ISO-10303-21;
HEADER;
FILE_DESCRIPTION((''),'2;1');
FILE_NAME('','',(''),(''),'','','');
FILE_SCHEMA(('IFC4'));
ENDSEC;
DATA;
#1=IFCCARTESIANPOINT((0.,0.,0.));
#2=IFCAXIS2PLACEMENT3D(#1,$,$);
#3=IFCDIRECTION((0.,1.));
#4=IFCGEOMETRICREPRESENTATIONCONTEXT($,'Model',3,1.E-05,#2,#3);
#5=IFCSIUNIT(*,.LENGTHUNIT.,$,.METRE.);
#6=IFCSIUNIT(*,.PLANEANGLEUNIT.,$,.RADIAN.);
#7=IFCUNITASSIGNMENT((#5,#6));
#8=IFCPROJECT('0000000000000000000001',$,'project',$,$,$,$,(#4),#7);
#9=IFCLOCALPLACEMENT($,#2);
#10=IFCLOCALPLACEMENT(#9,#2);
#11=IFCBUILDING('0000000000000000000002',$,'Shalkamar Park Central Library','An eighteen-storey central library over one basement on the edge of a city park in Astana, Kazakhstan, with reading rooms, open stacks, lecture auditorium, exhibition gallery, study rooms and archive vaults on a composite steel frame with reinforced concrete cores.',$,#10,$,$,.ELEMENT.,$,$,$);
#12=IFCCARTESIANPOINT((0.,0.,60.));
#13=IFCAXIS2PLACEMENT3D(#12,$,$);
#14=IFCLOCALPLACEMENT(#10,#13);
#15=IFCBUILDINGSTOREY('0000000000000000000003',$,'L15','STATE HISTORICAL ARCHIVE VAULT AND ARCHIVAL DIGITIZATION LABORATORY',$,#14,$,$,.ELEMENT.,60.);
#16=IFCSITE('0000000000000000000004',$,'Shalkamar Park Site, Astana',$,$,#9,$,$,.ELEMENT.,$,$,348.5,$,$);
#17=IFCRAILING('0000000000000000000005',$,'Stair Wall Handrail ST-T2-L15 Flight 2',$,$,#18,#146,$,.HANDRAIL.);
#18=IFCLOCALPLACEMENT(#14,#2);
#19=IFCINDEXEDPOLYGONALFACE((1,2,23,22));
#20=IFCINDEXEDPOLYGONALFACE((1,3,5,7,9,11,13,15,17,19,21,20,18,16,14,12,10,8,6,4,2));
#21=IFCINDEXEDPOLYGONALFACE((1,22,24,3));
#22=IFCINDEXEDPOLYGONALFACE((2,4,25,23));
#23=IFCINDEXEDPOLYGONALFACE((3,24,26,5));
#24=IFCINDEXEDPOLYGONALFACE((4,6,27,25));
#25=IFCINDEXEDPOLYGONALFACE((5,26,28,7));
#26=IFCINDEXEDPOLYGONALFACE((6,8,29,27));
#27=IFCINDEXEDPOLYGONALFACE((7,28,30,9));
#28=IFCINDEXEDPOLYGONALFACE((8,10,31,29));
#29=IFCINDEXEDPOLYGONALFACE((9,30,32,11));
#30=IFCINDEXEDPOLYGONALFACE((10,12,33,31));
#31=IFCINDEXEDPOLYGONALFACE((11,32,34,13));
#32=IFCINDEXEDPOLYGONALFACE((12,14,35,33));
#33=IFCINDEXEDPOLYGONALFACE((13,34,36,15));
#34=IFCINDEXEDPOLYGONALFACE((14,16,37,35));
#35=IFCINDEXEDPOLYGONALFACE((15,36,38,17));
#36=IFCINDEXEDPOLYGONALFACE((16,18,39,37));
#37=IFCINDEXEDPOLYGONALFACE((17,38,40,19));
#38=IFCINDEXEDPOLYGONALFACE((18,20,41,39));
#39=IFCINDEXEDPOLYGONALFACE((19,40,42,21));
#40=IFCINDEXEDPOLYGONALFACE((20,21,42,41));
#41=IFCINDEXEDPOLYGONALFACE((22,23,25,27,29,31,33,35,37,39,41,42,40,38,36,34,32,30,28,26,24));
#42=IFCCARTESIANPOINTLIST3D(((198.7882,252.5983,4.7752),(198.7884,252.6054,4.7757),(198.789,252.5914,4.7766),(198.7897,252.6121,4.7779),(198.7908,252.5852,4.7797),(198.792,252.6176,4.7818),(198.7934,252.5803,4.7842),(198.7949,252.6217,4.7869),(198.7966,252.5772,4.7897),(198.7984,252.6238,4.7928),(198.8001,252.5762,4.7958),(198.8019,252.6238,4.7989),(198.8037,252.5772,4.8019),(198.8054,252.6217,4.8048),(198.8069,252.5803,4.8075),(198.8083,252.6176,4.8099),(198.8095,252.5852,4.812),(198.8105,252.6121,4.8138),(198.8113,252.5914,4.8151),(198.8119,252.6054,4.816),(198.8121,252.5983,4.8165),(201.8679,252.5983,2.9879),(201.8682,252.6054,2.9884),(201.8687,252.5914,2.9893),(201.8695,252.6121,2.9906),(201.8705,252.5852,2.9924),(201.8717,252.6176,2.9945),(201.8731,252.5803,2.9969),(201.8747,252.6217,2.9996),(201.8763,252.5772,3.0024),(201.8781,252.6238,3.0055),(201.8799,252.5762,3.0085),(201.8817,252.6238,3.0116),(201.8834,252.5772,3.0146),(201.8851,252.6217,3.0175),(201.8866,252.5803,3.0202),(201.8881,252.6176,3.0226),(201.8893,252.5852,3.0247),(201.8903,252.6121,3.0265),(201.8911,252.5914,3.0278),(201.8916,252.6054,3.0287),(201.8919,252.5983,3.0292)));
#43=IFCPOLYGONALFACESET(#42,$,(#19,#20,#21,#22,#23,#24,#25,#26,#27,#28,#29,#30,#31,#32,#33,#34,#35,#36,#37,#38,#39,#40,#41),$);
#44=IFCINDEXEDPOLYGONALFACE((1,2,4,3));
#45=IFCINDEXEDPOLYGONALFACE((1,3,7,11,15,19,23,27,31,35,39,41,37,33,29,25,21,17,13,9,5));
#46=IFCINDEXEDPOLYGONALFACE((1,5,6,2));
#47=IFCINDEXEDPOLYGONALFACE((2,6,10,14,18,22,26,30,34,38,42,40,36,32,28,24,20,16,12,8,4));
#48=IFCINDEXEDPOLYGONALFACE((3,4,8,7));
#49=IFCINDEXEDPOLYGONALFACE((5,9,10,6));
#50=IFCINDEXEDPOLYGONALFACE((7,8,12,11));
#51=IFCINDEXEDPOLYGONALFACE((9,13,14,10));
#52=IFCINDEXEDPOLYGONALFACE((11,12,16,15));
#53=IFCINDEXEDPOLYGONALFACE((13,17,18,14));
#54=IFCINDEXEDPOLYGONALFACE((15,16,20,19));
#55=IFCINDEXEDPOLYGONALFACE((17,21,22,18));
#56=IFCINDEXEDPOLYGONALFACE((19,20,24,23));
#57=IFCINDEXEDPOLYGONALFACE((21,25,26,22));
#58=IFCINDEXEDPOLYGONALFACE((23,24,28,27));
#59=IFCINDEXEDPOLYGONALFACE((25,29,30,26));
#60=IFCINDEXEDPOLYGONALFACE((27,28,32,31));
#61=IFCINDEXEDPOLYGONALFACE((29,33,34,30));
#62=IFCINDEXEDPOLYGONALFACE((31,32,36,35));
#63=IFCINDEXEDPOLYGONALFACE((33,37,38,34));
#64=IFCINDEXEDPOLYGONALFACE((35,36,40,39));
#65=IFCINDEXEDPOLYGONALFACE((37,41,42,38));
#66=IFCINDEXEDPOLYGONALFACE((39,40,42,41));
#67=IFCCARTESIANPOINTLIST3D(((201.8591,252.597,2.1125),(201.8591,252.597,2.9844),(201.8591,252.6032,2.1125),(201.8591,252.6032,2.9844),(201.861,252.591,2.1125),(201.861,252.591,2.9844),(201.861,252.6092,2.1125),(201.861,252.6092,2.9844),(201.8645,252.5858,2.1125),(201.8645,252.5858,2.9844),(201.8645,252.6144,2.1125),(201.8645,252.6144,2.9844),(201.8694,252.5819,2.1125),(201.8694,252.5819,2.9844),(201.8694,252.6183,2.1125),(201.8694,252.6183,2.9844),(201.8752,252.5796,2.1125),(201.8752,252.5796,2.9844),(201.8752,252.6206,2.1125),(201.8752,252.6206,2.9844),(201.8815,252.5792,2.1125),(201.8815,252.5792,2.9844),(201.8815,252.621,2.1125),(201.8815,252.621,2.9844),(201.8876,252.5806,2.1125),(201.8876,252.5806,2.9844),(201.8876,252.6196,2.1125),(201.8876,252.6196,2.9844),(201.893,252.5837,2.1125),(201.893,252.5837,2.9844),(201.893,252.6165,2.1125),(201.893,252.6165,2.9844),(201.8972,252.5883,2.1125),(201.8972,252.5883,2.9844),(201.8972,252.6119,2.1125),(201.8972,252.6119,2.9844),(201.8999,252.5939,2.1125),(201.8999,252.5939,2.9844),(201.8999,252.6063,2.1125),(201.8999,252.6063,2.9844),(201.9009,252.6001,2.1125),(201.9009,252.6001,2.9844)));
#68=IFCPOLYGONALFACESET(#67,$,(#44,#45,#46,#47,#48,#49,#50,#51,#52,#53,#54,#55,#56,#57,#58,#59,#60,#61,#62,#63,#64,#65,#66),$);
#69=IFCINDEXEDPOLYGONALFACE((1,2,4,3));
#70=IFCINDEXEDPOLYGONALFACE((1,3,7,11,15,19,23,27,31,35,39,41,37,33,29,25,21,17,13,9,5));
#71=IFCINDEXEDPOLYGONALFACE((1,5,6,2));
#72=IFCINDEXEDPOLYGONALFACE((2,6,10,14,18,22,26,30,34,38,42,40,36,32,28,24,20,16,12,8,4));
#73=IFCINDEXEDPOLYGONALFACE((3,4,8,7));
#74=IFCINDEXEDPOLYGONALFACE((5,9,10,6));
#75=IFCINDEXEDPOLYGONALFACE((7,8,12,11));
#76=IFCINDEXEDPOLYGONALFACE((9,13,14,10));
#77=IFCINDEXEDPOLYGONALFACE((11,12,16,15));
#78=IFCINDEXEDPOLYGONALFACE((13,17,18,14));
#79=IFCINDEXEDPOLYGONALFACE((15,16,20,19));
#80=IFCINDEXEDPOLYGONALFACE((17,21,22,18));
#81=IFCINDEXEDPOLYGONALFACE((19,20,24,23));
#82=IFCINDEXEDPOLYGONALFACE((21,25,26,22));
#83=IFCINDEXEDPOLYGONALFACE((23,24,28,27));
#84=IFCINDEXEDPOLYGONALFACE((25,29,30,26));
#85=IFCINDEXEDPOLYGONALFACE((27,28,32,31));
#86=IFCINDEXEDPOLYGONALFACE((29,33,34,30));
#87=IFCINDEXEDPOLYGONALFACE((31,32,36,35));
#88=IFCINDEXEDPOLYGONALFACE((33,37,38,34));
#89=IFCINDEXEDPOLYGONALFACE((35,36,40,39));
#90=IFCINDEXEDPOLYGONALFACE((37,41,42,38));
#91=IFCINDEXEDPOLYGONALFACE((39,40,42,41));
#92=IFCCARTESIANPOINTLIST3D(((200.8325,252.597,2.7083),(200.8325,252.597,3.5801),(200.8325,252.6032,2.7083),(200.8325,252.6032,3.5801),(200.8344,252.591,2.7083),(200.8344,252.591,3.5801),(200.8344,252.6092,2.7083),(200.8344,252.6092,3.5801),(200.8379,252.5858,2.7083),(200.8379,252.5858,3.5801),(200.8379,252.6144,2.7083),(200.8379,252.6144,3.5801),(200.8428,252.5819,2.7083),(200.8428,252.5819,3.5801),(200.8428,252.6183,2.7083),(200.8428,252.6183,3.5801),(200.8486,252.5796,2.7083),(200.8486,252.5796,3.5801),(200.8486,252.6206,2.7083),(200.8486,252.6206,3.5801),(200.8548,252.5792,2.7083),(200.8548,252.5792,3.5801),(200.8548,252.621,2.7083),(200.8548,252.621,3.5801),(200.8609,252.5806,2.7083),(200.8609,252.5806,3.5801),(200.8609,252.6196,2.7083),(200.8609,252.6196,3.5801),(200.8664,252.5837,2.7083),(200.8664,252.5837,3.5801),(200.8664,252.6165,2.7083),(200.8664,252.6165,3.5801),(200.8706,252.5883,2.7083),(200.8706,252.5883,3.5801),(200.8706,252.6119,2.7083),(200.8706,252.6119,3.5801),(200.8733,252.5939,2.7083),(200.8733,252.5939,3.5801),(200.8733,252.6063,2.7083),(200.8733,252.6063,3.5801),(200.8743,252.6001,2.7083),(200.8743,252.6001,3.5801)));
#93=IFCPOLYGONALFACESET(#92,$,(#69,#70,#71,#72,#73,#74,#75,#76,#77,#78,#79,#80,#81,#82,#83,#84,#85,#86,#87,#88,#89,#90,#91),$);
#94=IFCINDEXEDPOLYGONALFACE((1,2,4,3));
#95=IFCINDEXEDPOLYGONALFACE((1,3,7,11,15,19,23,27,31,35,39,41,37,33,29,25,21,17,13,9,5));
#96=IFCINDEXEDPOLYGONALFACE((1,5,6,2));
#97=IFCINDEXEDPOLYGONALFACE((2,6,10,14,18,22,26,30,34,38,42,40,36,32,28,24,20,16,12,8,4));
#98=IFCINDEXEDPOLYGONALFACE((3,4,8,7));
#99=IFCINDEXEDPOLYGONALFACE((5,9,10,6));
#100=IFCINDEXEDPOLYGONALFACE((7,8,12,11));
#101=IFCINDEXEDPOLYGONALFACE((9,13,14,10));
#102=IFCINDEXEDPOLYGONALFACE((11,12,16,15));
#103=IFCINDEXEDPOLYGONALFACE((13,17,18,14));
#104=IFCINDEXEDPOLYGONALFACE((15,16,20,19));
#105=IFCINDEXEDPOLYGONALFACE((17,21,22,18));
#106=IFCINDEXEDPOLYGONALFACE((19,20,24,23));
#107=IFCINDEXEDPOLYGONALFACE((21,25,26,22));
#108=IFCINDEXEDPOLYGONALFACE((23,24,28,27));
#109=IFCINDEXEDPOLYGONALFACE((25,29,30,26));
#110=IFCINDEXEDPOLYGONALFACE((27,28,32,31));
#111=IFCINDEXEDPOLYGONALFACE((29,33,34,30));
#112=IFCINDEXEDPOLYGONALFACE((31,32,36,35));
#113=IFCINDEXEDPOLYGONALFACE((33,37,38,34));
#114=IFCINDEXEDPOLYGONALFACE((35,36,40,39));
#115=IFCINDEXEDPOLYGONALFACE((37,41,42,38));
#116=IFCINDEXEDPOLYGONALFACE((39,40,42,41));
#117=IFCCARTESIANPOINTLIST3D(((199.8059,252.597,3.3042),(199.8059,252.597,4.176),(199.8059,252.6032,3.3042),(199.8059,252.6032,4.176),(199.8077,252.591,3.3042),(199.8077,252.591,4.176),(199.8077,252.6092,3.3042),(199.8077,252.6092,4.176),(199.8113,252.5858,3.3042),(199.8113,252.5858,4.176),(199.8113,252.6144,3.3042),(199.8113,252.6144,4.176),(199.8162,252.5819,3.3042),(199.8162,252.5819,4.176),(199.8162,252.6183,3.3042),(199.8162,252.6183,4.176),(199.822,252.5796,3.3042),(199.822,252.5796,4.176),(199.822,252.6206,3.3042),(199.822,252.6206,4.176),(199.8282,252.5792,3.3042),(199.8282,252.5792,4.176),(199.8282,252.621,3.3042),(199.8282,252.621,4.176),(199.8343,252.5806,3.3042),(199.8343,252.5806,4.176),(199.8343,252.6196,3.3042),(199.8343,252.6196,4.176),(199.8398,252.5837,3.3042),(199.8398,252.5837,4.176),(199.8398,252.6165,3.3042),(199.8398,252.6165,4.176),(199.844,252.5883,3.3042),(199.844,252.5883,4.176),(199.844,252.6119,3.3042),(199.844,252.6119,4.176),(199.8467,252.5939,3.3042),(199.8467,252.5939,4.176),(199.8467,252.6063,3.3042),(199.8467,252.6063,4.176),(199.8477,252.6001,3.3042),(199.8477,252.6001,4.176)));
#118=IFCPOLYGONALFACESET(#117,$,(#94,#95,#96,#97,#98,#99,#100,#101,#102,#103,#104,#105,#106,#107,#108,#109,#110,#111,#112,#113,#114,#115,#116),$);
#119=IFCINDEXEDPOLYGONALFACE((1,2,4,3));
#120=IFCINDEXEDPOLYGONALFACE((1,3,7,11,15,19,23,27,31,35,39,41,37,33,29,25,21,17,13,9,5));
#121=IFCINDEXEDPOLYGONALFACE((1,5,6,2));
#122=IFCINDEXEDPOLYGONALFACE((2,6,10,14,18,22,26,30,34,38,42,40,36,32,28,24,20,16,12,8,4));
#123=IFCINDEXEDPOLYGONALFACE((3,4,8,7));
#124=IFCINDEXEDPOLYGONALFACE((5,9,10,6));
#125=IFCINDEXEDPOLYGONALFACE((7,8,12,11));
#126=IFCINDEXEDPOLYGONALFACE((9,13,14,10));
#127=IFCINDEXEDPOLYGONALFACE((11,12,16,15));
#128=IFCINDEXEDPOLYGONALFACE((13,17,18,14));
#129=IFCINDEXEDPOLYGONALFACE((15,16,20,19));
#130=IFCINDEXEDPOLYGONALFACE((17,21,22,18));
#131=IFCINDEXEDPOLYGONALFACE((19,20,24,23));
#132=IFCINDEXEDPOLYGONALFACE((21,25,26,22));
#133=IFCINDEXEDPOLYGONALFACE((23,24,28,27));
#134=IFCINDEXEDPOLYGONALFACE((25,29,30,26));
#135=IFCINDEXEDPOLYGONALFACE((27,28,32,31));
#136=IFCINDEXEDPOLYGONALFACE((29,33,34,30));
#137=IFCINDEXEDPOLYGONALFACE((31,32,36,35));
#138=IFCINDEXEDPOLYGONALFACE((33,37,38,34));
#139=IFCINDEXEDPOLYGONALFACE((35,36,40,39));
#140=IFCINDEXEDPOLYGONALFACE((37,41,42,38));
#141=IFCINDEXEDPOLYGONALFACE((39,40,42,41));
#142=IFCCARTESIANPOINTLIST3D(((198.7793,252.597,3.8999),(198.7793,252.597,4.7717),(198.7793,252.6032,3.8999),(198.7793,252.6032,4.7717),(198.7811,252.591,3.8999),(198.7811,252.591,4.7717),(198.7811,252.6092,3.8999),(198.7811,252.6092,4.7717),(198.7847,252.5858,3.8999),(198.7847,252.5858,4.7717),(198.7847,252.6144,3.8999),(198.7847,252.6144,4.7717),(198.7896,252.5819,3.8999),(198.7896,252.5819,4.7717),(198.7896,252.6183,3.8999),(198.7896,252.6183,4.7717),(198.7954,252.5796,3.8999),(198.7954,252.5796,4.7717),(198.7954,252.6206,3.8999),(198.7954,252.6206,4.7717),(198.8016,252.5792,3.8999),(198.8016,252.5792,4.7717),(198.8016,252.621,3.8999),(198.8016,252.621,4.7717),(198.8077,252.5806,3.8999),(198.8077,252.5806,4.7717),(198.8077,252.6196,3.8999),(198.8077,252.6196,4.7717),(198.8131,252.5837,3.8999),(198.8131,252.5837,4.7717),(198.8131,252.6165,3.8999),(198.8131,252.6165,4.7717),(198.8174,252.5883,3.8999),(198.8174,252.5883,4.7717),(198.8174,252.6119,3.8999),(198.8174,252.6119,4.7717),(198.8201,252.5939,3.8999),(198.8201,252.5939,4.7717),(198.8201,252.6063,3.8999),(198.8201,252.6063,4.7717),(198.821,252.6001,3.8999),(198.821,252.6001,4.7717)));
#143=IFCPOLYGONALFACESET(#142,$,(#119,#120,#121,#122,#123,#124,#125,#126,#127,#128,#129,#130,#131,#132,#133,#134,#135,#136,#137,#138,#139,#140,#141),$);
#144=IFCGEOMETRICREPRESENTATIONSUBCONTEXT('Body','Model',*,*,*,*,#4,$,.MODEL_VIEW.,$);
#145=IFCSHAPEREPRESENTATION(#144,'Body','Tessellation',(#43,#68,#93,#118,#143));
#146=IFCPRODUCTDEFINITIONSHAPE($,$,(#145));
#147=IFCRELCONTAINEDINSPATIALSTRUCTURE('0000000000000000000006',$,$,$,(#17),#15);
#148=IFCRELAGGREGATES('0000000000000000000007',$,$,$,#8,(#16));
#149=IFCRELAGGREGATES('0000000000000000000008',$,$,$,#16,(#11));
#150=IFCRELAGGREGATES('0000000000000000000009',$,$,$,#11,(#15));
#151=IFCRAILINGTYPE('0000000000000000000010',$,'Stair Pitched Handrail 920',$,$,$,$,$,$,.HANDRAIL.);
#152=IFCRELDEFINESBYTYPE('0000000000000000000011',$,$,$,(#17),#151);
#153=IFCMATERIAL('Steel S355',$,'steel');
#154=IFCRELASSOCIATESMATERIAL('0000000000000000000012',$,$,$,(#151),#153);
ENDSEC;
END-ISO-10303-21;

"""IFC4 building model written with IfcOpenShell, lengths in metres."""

from ifc_helpers import new_model, si_unit, direction, frame, origin, origin_2d, place, context, subcontext, project, spatial, circle, extrude, material, type_object, element, save


model = new_model("IFC4")

# Units and contexts
model_context = context("Model", 3, precision=1e-05, world=origin(), true_north=direction((0.0, 1.0)))
body_context = subcontext(model_context, "Body", "Model", "MODEL_VIEW")
ifc_project = project(units=[si_unit("LENGTHUNIT", "METRE"), si_unit("PLANEANGLEUNIT", "RADIAN")], contexts=[model_context])

# Site, building, storey
site_placement = place(None, origin())
site = spatial("IfcSite", under=ifc_project, at=site_placement, Name="Shalkamar Park Site, Astana", CompositionType="ELEMENT", RefElevation=348.5)
building_placement = place(site_placement, origin())
building = spatial("IfcBuilding", under=site, at=building_placement, Name="Shalkamar Park Central Library", Description="An eighteen-storey central library over one basement on the edge of a city park in Astana, Kazakhstan, with reading rooms, open stacks, lecture auditorium, exhibition gallery, study rooms and archive vaults on a composite steel frame with reinforced concrete cores.", CompositionType="ELEMENT")
storey_placement = place(building_placement, frame((0.0, 0.0, 60.0)))
storey = spatial("IfcBuildingStorey", under=building, at=storey_placement, Name="L15", Description="STATE HISTORICAL ARCHIVE VAULT AND ARCHIVAL DIGITIZATION LABORATORY", CompositionType="ELEMENT", Elevation=60.0)

# Shared definitions
ifc_material_1 = material(Name="Steel S355", Category="steel")

# Railing
railing_type_1 = type_object("IfcRailingType", Name="Stair Pitched Handrail 920", PredefinedType="HANDRAIL", material=ifc_material_1)
railing_1_placement = place(storey_placement, frame((201.8799, 252.6001, 2.1125)))
element("IfcRailing", 1, at=railing_1_placement, inside=storey, type_object=railing_type_1, Name="Stair Wall Handrail ST-T2-L15 Flight 2", PredefinedType="HANDRAIL", context=body_context, shape_type="SweptSolid", body=[
    extrude(circle(Radius=0.0239, at=origin_2d()), frame((0.0, 0.0, 0.896), z_axis=(-0.864903, 0.0, 0.501939), x_axis=(0.0, -1.0, 0.0)), (0.0, 0.0, 1.0), 3.5608),
    extrude(circle(Radius=0.021, at=origin_2d()), origin(), (0.0, 0.0, 1.0), 0.8718),
    extrude(circle(Radius=0.021, at=origin_2d()), frame((-1.0266, 0.0, 0.5957)), (0.0, 0.0, 1.0), 0.8718),
    extrude(circle(Radius=0.021, at=origin_2d()), frame((-2.0532, 0.0, 1.1917)), (0.0, 0.0, 1.0), 0.8718),
    extrude(circle(Radius=0.021, at=origin_2d()), frame((-3.0798, 0.0, 1.7874)), (0.0, 0.0, 1.0), 0.8718),
])

save(model, "model.ifc")
